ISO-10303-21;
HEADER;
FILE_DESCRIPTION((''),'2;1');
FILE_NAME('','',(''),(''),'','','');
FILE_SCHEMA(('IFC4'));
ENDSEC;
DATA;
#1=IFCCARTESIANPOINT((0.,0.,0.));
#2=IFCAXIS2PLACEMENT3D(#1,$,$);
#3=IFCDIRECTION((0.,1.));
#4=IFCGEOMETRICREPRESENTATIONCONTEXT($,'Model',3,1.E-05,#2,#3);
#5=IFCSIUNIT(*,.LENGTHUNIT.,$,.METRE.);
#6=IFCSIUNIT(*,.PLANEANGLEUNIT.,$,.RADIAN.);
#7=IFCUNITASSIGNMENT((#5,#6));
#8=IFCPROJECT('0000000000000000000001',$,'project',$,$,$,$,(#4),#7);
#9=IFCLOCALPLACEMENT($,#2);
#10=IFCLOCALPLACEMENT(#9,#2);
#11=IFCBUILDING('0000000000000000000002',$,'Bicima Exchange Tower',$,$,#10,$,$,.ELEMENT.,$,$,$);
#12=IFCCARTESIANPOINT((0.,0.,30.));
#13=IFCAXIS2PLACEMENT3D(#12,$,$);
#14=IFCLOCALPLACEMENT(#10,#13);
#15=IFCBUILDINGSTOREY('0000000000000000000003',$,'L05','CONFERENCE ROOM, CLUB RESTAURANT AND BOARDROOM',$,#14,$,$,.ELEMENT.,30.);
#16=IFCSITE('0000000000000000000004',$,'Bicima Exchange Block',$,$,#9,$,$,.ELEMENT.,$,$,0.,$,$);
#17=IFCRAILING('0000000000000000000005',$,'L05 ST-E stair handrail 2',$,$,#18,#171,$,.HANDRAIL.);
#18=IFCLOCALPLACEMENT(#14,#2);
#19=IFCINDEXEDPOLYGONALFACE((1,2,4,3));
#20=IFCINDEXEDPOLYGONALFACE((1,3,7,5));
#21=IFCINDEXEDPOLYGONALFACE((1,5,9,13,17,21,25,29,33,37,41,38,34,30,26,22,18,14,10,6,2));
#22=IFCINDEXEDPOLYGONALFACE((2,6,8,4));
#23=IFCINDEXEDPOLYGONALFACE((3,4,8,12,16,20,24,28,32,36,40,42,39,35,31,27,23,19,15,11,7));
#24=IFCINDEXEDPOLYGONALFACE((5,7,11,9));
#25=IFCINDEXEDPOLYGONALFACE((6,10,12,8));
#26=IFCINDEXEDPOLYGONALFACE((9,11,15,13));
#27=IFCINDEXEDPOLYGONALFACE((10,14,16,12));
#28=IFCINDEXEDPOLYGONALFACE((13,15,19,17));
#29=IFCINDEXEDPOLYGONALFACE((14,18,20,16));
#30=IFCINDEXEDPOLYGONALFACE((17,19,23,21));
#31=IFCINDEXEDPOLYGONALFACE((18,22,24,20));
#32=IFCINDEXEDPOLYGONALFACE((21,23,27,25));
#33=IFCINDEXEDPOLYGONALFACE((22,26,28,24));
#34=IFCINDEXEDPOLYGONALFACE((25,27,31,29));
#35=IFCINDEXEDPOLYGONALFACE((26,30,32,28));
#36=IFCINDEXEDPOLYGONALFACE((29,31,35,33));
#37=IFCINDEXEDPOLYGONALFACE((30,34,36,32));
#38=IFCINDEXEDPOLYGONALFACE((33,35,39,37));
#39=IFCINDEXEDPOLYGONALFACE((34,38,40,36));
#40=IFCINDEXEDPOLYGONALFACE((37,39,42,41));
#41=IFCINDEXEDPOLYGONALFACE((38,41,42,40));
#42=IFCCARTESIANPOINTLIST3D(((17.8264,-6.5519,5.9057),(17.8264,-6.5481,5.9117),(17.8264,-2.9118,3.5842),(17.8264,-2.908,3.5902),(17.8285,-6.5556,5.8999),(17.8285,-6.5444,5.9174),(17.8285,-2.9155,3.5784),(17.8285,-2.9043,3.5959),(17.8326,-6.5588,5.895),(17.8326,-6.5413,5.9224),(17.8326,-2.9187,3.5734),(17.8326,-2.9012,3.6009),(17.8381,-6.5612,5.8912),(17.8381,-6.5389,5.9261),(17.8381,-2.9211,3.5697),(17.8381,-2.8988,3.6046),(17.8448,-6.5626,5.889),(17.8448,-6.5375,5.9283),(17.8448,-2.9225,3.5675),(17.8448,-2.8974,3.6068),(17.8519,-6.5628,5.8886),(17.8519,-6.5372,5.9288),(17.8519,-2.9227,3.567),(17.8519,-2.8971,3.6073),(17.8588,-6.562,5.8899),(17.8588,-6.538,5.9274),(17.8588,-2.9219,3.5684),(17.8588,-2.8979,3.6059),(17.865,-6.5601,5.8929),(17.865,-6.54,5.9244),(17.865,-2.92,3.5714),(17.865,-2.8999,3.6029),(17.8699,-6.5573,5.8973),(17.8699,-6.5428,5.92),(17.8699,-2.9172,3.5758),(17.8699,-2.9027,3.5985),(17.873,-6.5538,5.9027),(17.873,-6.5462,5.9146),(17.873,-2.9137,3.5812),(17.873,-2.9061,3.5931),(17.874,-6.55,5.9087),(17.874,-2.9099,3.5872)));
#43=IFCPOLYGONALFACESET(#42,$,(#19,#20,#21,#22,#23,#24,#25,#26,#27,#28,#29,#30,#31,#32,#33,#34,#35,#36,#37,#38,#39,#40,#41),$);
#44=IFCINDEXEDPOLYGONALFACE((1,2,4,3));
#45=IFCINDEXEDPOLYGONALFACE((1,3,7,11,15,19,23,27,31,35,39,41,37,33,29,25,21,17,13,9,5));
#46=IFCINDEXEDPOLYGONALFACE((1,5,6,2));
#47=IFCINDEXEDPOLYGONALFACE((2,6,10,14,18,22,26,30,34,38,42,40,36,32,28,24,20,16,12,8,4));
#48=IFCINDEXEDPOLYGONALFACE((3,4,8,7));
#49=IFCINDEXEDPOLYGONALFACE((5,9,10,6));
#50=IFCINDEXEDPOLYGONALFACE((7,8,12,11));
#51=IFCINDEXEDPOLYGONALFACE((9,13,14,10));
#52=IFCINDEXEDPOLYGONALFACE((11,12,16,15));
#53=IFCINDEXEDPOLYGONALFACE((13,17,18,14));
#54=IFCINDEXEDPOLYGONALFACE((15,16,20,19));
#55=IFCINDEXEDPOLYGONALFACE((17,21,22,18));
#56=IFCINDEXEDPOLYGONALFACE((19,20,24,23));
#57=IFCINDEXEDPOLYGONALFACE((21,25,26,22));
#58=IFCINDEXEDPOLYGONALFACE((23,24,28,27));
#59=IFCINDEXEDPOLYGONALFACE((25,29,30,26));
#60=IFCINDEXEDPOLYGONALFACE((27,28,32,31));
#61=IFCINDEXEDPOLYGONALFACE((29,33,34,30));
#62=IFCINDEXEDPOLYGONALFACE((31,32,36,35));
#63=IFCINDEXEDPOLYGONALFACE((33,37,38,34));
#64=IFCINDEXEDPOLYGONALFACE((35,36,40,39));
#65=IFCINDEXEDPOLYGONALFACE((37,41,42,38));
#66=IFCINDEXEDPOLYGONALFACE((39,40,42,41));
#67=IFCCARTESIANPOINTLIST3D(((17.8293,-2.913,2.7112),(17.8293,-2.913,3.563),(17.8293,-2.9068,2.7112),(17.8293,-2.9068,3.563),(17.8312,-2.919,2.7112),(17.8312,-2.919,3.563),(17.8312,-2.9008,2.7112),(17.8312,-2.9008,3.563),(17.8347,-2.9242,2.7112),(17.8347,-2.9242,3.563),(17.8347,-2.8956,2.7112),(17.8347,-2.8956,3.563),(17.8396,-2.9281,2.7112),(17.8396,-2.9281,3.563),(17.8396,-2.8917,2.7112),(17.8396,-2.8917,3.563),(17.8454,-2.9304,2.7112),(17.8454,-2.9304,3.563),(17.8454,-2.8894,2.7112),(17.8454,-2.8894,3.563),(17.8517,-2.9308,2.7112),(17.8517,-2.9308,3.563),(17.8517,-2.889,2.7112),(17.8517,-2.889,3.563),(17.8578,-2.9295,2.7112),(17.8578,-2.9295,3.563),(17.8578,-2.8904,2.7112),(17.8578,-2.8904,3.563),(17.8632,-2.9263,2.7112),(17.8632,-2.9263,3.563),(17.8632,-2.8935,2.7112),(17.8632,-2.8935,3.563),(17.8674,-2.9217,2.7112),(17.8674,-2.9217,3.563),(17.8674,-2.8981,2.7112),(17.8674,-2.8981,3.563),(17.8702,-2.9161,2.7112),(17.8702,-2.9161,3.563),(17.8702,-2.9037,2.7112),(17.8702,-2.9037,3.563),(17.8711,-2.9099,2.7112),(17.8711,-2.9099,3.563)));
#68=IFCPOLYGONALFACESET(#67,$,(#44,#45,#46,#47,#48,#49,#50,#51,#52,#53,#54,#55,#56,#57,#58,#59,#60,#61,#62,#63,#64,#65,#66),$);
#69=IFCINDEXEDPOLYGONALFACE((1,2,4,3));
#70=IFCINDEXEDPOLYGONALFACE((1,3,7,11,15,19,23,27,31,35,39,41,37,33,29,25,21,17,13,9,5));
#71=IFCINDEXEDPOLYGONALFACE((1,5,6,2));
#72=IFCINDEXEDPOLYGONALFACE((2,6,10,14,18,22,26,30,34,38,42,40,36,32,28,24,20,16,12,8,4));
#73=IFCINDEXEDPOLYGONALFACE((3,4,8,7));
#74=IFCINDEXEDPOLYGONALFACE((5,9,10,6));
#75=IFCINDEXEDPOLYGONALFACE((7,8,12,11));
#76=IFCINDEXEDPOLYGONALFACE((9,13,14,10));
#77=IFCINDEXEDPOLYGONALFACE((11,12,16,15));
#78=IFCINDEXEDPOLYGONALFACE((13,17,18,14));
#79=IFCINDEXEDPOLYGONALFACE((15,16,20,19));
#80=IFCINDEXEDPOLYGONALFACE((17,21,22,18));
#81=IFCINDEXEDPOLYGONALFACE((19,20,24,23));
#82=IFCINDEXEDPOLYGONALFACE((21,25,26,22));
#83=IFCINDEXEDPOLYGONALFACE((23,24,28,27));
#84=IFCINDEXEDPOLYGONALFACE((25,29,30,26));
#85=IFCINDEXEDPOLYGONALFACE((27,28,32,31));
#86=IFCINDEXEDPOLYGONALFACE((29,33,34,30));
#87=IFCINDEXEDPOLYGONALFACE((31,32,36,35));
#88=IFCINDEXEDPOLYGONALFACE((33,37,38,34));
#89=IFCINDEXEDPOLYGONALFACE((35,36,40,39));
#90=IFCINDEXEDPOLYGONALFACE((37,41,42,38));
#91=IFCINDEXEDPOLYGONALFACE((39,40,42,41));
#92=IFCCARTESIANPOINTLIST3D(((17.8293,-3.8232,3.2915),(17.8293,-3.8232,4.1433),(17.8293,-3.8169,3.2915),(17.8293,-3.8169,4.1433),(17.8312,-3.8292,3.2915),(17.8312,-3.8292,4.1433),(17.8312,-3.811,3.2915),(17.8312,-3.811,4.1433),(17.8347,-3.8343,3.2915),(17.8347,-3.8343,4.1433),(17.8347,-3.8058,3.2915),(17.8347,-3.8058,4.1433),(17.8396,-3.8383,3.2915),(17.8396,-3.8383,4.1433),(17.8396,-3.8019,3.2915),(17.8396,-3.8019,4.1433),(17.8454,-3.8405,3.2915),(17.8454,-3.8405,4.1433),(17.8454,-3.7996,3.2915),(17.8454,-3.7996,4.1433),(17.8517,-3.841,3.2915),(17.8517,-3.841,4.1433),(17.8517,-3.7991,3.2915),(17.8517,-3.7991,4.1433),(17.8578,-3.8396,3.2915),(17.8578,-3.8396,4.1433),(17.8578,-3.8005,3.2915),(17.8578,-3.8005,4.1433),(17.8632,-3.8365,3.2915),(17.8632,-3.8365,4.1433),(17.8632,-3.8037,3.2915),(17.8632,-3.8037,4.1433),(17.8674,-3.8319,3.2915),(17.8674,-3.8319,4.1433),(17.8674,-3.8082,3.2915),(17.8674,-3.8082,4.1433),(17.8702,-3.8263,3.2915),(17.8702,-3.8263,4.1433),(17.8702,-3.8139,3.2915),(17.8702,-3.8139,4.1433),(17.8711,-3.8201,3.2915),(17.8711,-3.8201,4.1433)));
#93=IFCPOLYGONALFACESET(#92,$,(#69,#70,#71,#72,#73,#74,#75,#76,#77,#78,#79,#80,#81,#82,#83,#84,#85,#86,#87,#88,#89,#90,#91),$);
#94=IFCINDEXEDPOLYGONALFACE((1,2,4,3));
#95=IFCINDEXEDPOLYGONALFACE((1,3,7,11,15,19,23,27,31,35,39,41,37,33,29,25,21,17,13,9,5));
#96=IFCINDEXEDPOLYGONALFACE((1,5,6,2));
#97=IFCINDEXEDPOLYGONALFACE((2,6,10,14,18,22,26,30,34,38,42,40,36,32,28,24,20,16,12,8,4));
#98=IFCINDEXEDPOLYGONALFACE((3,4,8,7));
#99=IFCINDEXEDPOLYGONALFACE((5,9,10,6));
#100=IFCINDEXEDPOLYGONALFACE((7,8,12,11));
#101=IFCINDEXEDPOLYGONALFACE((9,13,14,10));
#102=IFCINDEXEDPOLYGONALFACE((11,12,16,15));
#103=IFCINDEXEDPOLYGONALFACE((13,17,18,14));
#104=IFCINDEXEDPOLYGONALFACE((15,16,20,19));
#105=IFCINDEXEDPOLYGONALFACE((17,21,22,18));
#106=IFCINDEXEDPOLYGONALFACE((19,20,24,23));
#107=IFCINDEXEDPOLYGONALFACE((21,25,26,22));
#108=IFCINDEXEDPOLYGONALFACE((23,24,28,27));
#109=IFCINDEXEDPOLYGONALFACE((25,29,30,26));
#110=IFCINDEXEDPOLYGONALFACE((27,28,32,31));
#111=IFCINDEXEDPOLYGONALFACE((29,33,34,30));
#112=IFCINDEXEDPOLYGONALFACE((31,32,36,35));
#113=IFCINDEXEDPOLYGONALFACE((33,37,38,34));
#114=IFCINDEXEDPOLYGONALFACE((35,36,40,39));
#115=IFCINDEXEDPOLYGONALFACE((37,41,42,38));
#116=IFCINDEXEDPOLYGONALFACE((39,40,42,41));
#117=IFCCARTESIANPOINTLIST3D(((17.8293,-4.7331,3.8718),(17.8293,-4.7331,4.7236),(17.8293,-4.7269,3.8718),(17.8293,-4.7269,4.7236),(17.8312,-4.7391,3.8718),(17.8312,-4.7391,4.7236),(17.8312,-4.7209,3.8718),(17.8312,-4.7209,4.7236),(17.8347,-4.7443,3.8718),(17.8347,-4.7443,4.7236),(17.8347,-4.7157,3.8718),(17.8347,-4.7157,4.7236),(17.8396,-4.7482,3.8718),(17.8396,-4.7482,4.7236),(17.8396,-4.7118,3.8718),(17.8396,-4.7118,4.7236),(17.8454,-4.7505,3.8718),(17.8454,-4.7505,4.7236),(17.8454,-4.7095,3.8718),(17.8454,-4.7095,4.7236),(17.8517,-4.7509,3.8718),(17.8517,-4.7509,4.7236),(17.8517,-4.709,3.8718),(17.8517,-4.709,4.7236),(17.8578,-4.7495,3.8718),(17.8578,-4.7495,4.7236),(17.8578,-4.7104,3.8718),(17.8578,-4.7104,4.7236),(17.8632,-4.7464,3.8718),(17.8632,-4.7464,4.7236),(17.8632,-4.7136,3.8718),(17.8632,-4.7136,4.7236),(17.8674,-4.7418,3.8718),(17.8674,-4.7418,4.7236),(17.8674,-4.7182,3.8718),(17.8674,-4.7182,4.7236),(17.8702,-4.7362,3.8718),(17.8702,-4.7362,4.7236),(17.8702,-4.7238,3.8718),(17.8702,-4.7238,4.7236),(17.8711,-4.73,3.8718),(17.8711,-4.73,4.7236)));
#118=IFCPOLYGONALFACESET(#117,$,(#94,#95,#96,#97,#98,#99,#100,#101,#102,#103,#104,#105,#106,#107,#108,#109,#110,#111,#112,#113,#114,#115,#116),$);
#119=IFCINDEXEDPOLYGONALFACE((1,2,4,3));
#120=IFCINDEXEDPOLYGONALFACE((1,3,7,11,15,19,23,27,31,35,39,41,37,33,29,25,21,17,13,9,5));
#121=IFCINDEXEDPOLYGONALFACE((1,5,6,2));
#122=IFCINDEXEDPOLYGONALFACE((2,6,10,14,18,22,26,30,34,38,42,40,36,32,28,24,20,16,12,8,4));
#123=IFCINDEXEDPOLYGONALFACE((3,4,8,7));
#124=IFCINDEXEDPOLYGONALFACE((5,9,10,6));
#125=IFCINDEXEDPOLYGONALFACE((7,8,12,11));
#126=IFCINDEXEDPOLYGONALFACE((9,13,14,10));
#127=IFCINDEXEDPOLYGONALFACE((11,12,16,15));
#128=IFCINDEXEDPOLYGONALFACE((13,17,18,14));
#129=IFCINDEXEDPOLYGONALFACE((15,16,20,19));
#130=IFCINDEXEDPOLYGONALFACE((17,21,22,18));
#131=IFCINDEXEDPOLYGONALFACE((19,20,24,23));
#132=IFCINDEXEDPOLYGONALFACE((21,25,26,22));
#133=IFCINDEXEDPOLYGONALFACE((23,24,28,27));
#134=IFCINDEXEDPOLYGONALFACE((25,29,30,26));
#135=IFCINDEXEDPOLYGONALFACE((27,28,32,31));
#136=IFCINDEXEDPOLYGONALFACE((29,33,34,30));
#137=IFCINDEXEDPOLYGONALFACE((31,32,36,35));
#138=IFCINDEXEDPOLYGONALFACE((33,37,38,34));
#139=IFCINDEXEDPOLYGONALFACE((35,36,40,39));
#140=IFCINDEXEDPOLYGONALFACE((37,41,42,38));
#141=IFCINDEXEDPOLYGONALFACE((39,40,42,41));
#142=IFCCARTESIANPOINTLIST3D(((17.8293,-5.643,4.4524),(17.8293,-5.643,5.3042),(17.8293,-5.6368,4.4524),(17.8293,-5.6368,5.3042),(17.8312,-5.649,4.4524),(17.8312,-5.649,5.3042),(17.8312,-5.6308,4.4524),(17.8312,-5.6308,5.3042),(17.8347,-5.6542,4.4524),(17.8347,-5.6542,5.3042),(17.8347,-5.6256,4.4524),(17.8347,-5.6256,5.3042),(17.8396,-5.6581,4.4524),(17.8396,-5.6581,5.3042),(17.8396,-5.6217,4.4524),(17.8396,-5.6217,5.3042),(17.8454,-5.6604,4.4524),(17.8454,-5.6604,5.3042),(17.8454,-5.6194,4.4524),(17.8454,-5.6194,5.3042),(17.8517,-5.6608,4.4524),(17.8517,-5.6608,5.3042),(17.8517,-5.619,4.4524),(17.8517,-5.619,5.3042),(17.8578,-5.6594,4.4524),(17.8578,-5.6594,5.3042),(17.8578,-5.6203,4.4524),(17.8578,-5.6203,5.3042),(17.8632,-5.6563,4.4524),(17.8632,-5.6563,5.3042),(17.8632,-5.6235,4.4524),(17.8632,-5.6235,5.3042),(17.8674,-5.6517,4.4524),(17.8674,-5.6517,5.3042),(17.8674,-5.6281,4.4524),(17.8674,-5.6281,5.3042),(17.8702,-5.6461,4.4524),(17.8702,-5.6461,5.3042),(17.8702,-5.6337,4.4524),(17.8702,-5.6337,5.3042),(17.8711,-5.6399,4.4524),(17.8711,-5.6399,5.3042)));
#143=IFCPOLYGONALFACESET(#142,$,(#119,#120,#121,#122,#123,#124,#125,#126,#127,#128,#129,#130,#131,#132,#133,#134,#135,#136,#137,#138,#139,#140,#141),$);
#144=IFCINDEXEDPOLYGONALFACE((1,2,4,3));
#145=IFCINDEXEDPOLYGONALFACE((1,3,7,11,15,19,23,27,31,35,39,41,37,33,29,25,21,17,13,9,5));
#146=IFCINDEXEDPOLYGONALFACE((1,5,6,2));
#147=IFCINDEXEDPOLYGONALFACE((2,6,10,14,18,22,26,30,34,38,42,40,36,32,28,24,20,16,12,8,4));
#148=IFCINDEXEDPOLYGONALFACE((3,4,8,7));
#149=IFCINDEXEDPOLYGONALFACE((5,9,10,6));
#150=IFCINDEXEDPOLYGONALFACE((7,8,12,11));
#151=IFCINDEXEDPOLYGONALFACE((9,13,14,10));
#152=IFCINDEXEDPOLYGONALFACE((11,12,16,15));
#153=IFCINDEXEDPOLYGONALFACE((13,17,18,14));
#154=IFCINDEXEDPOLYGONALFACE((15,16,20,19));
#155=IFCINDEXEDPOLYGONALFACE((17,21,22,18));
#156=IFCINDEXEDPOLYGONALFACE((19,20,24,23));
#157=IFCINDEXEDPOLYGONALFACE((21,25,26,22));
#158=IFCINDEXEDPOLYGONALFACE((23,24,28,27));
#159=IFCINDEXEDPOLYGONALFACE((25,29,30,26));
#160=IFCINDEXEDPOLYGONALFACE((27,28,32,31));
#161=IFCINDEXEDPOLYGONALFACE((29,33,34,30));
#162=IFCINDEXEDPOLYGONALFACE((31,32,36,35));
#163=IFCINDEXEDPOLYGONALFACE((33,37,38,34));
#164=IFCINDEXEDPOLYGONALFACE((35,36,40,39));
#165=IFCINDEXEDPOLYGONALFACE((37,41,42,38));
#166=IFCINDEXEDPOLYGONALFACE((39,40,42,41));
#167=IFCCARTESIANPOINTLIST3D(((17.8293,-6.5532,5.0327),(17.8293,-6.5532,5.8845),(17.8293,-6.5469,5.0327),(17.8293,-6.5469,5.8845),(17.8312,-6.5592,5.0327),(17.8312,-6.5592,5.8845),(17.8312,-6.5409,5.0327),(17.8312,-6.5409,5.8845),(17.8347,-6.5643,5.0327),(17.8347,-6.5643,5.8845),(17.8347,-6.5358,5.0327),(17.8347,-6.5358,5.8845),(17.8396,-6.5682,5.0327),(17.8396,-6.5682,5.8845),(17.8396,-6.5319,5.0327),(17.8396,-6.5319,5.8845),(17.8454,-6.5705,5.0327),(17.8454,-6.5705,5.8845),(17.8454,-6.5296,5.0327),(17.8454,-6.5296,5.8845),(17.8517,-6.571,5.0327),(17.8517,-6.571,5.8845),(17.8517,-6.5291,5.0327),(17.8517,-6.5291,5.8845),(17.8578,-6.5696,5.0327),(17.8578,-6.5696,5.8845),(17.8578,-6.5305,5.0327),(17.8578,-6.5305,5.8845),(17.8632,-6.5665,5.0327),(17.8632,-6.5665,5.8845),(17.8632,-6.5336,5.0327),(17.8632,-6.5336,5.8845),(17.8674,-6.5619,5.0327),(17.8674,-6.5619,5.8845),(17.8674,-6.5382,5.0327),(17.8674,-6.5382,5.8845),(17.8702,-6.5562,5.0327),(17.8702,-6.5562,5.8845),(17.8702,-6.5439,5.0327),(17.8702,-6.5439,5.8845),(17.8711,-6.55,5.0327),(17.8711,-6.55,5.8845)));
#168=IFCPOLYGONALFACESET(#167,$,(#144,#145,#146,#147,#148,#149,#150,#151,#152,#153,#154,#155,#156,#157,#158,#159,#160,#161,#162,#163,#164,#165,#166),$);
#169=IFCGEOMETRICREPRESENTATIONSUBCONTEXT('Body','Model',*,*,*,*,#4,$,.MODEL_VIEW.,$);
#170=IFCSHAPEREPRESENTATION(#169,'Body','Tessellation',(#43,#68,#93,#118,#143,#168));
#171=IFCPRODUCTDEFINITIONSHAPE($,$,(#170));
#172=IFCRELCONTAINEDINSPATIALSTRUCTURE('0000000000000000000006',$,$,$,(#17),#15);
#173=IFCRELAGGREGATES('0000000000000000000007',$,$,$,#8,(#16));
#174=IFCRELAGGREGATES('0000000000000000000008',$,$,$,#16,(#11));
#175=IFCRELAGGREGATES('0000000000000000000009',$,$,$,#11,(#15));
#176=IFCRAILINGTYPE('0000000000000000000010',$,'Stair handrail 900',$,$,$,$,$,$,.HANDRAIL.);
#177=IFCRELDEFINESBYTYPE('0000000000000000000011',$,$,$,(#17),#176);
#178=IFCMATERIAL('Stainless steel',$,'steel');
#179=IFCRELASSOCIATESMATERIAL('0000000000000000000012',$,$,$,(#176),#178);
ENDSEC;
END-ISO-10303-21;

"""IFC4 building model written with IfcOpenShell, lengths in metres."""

from ifc_helpers import new_model, si_unit, direction, frame, origin, origin_2d, place, context, subcontext, project, spatial, circle, extrude, material, type_object, element, save


model = new_model("IFC4")

# Units and contexts
model_context = context("Model", 3, precision=1e-05, world=origin(), true_north=direction((0.0, 1.0)))
body_context = subcontext(model_context, "Body", "Model", "MODEL_VIEW")
ifc_project = project(units=[si_unit("LENGTHUNIT", "METRE"), si_unit("PLANEANGLEUNIT", "RADIAN")], contexts=[model_context])

# Site, building, storey
site_placement = place(None, origin())
site = spatial("IfcSite", under=ifc_project, at=site_placement, Name="Bicima Exchange Block", CompositionType="ELEMENT", RefElevation=0.0)
building_placement = place(site_placement, origin())
building = spatial("IfcBuilding", under=site, at=building_placement, Name="Bicima Exchange Tower", CompositionType="ELEMENT")
storey_placement = place(building_placement, frame((0.0, 0.0, 30.0)))
storey = spatial("IfcBuildingStorey", under=building, at=storey_placement, Name="L05", Description="CONFERENCE ROOM, CLUB RESTAURANT AND BOARDROOM", CompositionType="ELEMENT", Elevation=30.0)

# Railing
ifc_material_1 = material(Name="Stainless steel", Category="steel")
railing_type_1 = type_object("IfcRailingType", Name="Stair handrail 900", PredefinedType="HANDRAIL", material=ifc_material_1)
railing_1_placement = place(storey_placement, frame((17.8501, -2.9099, 2.7112)))
element("IfcRailing", 1, at=railing_1_placement, inside=storey, type_object=railing_type_1, Name="L05 ST-E stair handrail 2", PredefinedType="HANDRAIL", context=body_context, shape_type="SweptSolid", body=[
    extrude(circle(Radius=0.0239, at=origin_2d()), frame((0.0, 0.0, 0.876), z_axis=(0.0, -0.843128, 0.537713), x_axis=(1.0, 0.0, 0.0)), (0.0, 0.0, 1.0), 4.3174),
    extrude(circle(Radius=0.021, at=origin_2d()), origin(), (0.0, 0.0, 1.0), 0.8518),
    extrude(circle(Radius=0.021, at=origin_2d()), frame((0.0, -0.9102, 0.5803)), (0.0, 0.0, 1.0), 0.8518),
    extrude(circle(Radius=0.021, at=origin_2d()), frame((0.0, -1.8201, 1.1606)), (0.0, 0.0, 1.0), 0.8518),
    extrude(circle(Radius=0.021, at=origin_2d()), frame((0.0, -2.73, 1.7412)), (0.0, 0.0, 1.0), 0.8518),
    extrude(circle(Radius=0.021, at=origin_2d()), frame((0.0, -3.6401, 2.3215)), (0.0, 0.0, 1.0), 0.8518),
])

save(model, "model.ifc")
